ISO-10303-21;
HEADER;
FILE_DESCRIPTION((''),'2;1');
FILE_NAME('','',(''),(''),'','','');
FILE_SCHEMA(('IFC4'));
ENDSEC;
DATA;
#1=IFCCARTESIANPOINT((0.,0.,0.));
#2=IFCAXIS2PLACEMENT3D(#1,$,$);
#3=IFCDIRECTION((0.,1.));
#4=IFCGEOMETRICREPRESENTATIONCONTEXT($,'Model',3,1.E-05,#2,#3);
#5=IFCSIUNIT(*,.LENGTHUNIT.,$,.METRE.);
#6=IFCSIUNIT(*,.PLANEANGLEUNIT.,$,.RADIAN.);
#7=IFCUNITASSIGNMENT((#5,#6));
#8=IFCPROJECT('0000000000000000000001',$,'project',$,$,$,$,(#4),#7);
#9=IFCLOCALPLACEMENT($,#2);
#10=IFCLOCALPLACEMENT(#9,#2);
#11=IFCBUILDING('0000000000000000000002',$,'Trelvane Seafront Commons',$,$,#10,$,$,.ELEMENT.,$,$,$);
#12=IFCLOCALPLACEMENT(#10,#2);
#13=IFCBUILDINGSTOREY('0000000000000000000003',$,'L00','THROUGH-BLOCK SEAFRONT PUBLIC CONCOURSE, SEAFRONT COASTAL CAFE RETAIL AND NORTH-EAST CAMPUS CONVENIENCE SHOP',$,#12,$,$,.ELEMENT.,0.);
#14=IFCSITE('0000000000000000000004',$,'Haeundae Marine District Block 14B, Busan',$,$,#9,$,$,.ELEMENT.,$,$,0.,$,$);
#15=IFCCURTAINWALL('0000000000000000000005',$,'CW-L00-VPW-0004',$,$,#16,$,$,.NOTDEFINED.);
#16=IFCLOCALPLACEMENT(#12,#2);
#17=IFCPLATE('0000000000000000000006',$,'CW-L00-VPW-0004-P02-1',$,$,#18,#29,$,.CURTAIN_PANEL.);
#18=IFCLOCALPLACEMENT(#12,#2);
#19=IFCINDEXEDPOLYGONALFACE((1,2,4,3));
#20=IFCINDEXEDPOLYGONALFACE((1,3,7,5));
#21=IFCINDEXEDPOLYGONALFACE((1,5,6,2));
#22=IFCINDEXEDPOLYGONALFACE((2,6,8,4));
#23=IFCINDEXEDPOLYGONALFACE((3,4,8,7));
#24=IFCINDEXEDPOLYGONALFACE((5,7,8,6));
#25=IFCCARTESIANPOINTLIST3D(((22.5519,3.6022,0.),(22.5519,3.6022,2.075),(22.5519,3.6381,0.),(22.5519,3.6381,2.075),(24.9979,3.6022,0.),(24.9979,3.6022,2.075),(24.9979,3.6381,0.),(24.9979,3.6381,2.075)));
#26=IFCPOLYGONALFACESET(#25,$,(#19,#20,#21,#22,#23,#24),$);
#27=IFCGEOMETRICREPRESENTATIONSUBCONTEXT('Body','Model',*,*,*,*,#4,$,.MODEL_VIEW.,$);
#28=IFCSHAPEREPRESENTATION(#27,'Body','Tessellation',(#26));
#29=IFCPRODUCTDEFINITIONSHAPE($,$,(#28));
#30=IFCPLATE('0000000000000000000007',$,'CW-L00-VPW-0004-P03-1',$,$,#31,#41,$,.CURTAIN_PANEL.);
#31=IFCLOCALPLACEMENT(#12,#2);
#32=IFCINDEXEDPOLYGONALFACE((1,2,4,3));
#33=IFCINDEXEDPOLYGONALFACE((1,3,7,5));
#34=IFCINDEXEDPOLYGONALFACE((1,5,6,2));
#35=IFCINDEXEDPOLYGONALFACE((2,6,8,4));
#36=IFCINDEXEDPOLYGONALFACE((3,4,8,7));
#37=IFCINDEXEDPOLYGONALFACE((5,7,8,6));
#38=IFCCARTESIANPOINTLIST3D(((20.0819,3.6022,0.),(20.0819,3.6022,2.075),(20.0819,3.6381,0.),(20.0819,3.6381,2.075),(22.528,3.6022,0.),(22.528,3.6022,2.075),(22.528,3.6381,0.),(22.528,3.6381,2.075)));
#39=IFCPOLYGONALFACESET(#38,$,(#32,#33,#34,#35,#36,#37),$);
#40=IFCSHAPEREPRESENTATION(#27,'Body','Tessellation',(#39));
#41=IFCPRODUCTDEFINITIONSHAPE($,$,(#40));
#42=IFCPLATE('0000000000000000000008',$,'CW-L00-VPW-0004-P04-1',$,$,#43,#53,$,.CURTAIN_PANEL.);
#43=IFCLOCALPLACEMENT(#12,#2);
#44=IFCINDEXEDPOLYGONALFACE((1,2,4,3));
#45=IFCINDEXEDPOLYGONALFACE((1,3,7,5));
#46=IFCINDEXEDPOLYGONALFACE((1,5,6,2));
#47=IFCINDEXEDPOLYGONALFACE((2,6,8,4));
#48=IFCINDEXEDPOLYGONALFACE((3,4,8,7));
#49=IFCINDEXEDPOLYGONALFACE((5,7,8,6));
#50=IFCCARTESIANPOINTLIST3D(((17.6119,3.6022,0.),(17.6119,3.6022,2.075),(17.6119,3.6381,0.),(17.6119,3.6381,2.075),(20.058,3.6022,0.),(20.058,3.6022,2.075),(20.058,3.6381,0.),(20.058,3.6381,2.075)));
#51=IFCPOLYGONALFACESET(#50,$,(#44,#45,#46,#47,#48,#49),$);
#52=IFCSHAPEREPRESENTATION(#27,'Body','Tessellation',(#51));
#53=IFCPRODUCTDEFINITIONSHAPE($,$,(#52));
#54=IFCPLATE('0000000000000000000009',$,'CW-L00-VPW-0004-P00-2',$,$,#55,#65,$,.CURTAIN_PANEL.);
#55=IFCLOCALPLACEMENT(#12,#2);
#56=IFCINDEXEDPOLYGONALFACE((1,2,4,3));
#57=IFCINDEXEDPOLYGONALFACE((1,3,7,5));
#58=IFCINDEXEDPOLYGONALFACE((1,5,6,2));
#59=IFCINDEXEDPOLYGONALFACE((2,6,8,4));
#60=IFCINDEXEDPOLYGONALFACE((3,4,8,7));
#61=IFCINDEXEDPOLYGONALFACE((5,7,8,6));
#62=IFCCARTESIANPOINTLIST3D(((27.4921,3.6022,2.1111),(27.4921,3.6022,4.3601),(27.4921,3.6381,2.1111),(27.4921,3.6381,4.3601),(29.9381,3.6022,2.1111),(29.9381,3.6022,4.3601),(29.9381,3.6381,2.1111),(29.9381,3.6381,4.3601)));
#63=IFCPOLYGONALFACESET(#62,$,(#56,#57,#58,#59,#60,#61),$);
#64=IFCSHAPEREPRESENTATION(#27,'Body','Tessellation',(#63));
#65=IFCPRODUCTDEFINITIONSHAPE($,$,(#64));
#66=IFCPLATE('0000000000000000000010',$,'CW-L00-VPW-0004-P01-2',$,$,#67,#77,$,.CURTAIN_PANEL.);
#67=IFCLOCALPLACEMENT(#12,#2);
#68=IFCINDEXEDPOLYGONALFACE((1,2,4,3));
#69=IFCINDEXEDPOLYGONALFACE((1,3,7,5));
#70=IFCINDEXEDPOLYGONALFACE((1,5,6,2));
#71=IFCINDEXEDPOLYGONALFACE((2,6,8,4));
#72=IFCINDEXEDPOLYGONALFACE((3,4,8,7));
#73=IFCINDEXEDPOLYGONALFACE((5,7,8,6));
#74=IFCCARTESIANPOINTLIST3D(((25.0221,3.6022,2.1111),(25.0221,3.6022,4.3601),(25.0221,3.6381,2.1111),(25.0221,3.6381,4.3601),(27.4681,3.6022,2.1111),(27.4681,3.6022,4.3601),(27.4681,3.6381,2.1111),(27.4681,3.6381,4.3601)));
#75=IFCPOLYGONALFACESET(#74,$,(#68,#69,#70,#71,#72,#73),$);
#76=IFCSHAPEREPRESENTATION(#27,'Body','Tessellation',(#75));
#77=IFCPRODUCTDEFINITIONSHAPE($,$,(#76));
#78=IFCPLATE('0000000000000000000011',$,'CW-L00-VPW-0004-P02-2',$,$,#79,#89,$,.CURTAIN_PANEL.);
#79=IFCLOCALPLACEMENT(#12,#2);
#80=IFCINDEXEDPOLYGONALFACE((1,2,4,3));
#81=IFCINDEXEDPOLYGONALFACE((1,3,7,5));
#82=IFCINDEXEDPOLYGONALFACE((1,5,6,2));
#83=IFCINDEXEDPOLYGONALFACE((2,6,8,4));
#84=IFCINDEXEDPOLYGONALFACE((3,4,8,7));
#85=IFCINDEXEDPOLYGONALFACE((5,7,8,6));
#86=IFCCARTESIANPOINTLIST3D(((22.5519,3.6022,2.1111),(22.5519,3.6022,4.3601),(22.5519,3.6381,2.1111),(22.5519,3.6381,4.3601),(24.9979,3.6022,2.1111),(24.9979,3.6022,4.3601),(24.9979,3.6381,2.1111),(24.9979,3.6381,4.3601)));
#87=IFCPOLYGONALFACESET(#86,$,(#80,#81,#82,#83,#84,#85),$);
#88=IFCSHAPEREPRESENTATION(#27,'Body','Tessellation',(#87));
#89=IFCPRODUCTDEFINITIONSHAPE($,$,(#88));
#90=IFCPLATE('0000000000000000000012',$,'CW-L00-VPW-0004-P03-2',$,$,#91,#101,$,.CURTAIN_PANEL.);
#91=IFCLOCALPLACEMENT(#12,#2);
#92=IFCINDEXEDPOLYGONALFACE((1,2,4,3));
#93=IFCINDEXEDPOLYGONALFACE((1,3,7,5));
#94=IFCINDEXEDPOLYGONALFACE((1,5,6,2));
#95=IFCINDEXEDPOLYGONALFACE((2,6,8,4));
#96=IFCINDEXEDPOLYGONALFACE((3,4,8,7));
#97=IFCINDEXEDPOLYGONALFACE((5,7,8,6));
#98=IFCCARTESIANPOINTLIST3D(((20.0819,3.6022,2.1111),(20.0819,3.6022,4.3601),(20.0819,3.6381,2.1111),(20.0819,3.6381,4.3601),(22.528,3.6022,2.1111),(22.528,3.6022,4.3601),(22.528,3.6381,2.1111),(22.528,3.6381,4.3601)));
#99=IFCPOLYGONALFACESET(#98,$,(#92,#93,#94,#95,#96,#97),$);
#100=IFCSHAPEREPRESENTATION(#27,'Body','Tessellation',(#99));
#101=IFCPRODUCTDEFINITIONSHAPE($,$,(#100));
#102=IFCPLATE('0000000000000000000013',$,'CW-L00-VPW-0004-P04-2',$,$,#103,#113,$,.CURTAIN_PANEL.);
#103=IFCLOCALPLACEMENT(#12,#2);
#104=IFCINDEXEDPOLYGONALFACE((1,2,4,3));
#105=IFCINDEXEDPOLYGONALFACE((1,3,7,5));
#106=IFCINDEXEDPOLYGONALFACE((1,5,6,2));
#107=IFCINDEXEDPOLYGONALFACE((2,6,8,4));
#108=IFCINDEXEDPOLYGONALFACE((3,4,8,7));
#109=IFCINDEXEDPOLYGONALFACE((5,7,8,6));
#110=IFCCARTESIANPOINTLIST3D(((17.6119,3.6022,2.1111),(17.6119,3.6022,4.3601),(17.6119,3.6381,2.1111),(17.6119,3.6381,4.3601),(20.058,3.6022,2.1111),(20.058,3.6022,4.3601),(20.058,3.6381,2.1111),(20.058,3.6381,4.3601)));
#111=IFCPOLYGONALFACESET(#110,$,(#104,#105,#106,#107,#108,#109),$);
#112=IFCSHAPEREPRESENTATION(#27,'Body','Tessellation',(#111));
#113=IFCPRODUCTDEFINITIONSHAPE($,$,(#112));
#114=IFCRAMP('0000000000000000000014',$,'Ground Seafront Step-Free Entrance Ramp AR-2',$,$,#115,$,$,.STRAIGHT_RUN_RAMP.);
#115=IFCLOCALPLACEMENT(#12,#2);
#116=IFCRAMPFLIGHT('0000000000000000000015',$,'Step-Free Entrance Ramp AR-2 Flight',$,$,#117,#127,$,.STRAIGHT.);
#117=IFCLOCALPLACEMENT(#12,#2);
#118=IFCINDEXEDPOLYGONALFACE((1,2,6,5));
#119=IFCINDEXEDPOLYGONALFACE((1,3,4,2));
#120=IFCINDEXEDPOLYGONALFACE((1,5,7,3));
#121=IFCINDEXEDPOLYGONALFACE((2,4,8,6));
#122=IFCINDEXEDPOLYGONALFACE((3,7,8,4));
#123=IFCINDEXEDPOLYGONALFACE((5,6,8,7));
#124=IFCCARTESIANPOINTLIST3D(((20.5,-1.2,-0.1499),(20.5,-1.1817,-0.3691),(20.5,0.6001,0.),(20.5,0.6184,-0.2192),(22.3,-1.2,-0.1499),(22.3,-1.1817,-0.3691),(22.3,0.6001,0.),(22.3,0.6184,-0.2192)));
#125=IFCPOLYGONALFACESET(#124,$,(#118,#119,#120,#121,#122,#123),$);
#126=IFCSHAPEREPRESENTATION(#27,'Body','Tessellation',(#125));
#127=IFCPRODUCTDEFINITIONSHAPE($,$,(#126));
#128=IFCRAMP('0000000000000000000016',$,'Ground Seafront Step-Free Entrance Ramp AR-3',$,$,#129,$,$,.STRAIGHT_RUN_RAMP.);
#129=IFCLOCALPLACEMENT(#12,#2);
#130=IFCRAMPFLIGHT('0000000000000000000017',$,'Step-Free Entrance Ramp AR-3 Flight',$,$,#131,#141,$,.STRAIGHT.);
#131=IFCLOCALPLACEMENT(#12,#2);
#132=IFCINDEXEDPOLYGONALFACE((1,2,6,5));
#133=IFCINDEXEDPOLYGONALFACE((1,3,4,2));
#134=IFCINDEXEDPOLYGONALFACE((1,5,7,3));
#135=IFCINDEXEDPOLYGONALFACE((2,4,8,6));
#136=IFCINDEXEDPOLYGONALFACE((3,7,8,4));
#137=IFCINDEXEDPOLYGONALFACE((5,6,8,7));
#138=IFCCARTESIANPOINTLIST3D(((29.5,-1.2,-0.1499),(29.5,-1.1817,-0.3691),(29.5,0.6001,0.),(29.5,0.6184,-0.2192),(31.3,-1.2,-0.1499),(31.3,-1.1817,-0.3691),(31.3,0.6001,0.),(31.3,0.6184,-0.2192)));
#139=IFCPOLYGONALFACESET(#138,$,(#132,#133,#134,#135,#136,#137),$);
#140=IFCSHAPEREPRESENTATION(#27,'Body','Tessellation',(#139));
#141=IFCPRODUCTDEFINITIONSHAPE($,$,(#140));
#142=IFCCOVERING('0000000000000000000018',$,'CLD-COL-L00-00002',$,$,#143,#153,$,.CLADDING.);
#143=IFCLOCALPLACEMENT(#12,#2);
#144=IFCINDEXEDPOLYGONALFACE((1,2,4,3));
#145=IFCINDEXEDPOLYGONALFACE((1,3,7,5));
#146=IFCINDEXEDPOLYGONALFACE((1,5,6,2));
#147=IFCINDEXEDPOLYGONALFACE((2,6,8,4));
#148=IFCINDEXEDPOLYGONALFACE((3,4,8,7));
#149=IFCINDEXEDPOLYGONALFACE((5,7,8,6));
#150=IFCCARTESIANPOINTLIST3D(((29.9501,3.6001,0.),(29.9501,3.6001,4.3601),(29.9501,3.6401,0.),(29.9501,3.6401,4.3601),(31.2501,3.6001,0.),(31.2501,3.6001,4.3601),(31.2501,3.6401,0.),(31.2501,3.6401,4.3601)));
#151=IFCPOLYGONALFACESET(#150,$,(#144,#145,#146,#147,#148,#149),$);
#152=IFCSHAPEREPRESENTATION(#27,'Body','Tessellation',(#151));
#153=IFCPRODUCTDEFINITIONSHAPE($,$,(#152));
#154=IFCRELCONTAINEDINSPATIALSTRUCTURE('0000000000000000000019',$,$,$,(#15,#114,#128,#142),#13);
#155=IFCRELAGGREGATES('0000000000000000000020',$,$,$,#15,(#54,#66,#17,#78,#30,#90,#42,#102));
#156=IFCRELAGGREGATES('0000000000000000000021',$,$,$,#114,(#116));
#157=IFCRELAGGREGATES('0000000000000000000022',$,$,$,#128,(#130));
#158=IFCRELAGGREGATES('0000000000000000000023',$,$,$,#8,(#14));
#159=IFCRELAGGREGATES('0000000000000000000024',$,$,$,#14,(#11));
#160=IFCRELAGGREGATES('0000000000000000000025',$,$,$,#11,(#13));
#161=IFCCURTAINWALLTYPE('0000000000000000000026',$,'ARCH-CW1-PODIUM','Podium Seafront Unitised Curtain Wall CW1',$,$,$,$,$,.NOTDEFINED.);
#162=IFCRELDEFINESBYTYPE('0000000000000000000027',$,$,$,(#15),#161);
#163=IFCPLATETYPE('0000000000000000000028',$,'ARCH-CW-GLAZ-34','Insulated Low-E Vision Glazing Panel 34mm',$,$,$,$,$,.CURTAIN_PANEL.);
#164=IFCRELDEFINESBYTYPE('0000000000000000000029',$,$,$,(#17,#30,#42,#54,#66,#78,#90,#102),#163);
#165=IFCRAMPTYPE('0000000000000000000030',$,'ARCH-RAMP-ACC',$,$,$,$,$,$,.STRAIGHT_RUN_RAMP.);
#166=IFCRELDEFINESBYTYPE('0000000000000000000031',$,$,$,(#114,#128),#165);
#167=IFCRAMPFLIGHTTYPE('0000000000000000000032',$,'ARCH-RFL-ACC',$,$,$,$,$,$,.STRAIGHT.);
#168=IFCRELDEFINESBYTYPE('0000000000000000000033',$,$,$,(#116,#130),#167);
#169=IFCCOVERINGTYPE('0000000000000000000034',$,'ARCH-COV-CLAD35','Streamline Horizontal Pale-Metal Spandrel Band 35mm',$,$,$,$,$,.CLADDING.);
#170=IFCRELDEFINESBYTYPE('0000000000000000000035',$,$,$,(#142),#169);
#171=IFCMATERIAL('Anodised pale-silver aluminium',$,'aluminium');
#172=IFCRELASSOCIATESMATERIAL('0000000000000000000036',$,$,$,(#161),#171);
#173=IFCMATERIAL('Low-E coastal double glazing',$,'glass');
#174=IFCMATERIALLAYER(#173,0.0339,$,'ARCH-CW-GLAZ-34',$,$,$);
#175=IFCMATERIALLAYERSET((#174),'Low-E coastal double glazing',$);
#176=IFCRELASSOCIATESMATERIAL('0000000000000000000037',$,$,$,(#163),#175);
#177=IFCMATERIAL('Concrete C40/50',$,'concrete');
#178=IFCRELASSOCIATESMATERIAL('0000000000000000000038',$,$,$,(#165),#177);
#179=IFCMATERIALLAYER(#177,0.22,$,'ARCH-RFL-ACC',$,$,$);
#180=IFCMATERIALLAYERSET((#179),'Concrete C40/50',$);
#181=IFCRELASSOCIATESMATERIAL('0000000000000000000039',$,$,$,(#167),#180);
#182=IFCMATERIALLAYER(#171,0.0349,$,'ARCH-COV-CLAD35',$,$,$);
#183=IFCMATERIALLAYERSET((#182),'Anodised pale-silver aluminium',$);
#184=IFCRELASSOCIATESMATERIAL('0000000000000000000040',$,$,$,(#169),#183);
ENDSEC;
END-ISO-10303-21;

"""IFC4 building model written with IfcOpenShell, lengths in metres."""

from ifc_helpers import new_model, si_unit, direction, frame, origin, origin_2d, place, context, subcontext, project, spatial, polyline, rectangle, outline, extrude, source, transform, mapped, material, layer, layer_set, type_object, element, aggregate, save


model = new_model("IFC4")

# Units and contexts
model_context = context("Model", 3, precision=1e-05, world=origin(), true_north=direction((0.0, 1.0)))
body_context = subcontext(model_context, "Body", "Model", "MODEL_VIEW")
ifc_project = project(units=[si_unit("LENGTHUNIT", "METRE"), si_unit("PLANEANGLEUNIT", "RADIAN")], contexts=[model_context])

# Site, building, storey
site_placement = place(None, origin())
site = spatial("IfcSite", under=ifc_project, at=site_placement, Name="Haeundae Marine District Block 14B, Busan", CompositionType="ELEMENT", RefElevation=0.0)
building_placement = place(site_placement, origin())
building = spatial("IfcBuilding", under=site, at=building_placement, Name="Trelvane Seafront Commons", CompositionType="ELEMENT")
storey_placement = place(building_placement, origin())
storey = spatial("IfcBuildingStorey", under=building, at=storey_placement, Name="L00", Description="THROUGH-BLOCK SEAFRONT PUBLIC CONCOURSE, SEAFRONT COASTAL CAFE RETAIL AND NORTH-EAST CAMPUS CONVENIENCE SHOP", CompositionType="ELEMENT", Elevation=0.0)

# Curtain wall
ifc_material_1 = material(Name="Anodised pale-silver aluminium", Category="aluminium")
curtain_wall_type = type_object("IfcCurtainWallType", Name="ARCH-CW1-PODIUM", Description="Podium Seafront Unitised Curtain Wall CW1", PredefinedType="NOTDEFINED", material=ifc_material_1)
curtain_wall_placement = place(storey_placement, origin())
curtain_wall = element("IfcCurtainWall", 1, at=curtain_wall_placement, inside=storey, type_object=curtain_wall_type, Name="CW-L00-VPW-0004", PredefinedType="NOTDEFINED")

# Plates
ifc_material_2 = material(Name="Low-E coastal double glazing", Category="glass")
ifc_layer_1 = layer(ifc_material_2, 0.0339, Name="ARCH-CW-GLAZ-34")
ifc_layer_set_1 = layer_set([ifc_layer_1], Name="Low-E coastal double glazing")
plate_type_1 = type_object("IfcPlateType", Name="ARCH-CW-GLAZ-34", Description="Insulated Low-E Vision Glazing Panel 34mm", PredefinedType="CURTAIN_PANEL", material=ifc_layer_set_1)
shared_shape_1 = source(origin(), body_context, "Body", "SweptSolid", [
    extrude(rectangle(XDim=2.446, YDim=0.0359, at=origin_2d()), origin(), (0.0, 0.0, 1.0), 2.075),
])
plate_1_placement = place(storey_placement, frame((23.7749, 3.6201, 0.0), z_axis=(0.0, 0.0, 1.0), x_axis=(-1.0, 0.0, 0.0)))
plate_1 = element("IfcPlate", 2, at=plate_1_placement, type_object=plate_type_1, Name="CW-L00-VPW-0004-P02-1", PredefinedType="CURTAIN_PANEL", context=body_context, shape_type="MappedRepresentation", body=[
    mapped(shared_shape_1, transform((0.0, 0.0, 0.0), x_axis=(1.0, 0.0, 0.0), y_axis=(0.0, 1.0, 0.0), z_axis=(0.0, 0.0, 1.0), scale=1.0)),
])
plate_2_placement = place(storey_placement, frame((21.3049, 3.6201, 0.0), z_axis=(0.0, 0.0, 1.0), x_axis=(-1.0, 0.0, 0.0)))
plate_2 = element("IfcPlate", 3, at=plate_2_placement, type_object=plate_type_1, Name="CW-L00-VPW-0004-P03-1", PredefinedType="CURTAIN_PANEL", context=body_context, shape_type="MappedRepresentation", body=[
    mapped(shared_shape_1, transform((0.0, 0.0, 0.0), x_axis=(1.0, 0.0, 0.0), y_axis=(0.0, 1.0, 0.0), z_axis=(0.0, 0.0, 1.0), scale=1.0)),
])
plate_3_placement = place(storey_placement, frame((18.835, 3.6201, 0.0), z_axis=(0.0, 0.0, 1.0), x_axis=(-1.0, 0.0, 0.0)))
plate_3 = element("IfcPlate", 4, at=plate_3_placement, type_object=plate_type_1, Name="CW-L00-VPW-0004-P04-1", PredefinedType="CURTAIN_PANEL", context=body_context, shape_type="MappedRepresentation", body=[
    mapped(shared_shape_1, transform((0.0, 0.0, 0.0), x_axis=(1.0, 0.0, 0.0), y_axis=(0.0, 1.0, 0.0), z_axis=(0.0, 0.0, 1.0), scale=1.0)),
])
shared_shape_2 = source(origin(), body_context, "Body", "SweptSolid", [
    extrude(rectangle(XDim=2.446, YDim=0.0359, at=origin_2d()), origin(), (0.0, 0.0, 1.0), 2.249),
])
plate_4_placement = place(storey_placement, frame((28.7151, 3.6201, 2.1111), z_axis=(0.0, 0.0, 1.0), x_axis=(-1.0, 0.0, 0.0)))
plate_4 = element("IfcPlate", 5, at=plate_4_placement, type_object=plate_type_1, Name="CW-L00-VPW-0004-P00-2", PredefinedType="CURTAIN_PANEL", context=body_context, shape_type="MappedRepresentation", body=[
    mapped(shared_shape_2, transform((0.0, 0.0, 0.0), x_axis=(1.0, 0.0, 0.0), y_axis=(0.0, 1.0, 0.0), z_axis=(0.0, 0.0, 1.0), scale=1.0)),
])
plate_5_placement = place(storey_placement, frame((26.2451, 3.6201, 2.1111), z_axis=(0.0, 0.0, 1.0), x_axis=(-1.0, 0.0, 0.0)))
plate_5 = element("IfcPlate", 6, at=plate_5_placement, type_object=plate_type_1, Name="CW-L00-VPW-0004-P01-2", PredefinedType="CURTAIN_PANEL", context=body_context, shape_type="MappedRepresentation", body=[
    mapped(shared_shape_2, transform((0.0, 0.0, 0.0), x_axis=(1.0, 0.0, 0.0), y_axis=(0.0, 1.0, 0.0), z_axis=(0.0, 0.0, 1.0), scale=1.0)),
])
plate_6_placement = place(storey_placement, frame((23.7749, 3.6201, 2.1111), z_axis=(0.0, 0.0, 1.0), x_axis=(-1.0, 0.0, 0.0)))
plate_6 = element("IfcPlate", 7, at=plate_6_placement, type_object=plate_type_1, Name="CW-L00-VPW-0004-P02-2", PredefinedType="CURTAIN_PANEL", context=body_context, shape_type="MappedRepresentation", body=[
    mapped(shared_shape_2, transform((0.0, 0.0, 0.0), x_axis=(1.0, 0.0, 0.0), y_axis=(0.0, 1.0, 0.0), z_axis=(0.0, 0.0, 1.0), scale=1.0)),
])
plate_7_placement = place(storey_placement, frame((21.3049, 3.6201, 2.1111), z_axis=(0.0, 0.0, 1.0), x_axis=(-1.0, 0.0, 0.0)))
plate_7 = element("IfcPlate", 8, at=plate_7_placement, type_object=plate_type_1, Name="CW-L00-VPW-0004-P03-2", PredefinedType="CURTAIN_PANEL", context=body_context, shape_type="MappedRepresentation", body=[
    mapped(shared_shape_2, transform((0.0, 0.0, 0.0), x_axis=(1.0, 0.0, 0.0), y_axis=(0.0, 1.0, 0.0), z_axis=(0.0, 0.0, 1.0), scale=1.0)),
])
plate_8_placement = place(storey_placement, frame((18.835, 3.6201, 2.1111), z_axis=(0.0, 0.0, 1.0), x_axis=(-1.0, 0.0, 0.0)))
plate_8 = element("IfcPlate", 9, at=plate_8_placement, type_object=plate_type_1, Name="CW-L00-VPW-0004-P04-2", PredefinedType="CURTAIN_PANEL", context=body_context, shape_type="MappedRepresentation", body=[
    mapped(shared_shape_2, transform((0.0, 0.0, 0.0), x_axis=(1.0, 0.0, 0.0), y_axis=(0.0, 1.0, 0.0), z_axis=(0.0, 0.0, 1.0), scale=1.0)),
])
aggregate(curtain_wall, [plate_4, plate_5, plate_1, plate_6, plate_2, plate_7, plate_3, plate_8])

# Ramps, ramp flights
ifc_material_3 = material(Name="Concrete C40/50", Category="concrete")
ramp_type = type_object("IfcRampType", Name="ARCH-RAMP-ACC", PredefinedType="STRAIGHT_RUN_RAMP", material=ifc_material_3)
ramp_1_placement = place(storey_placement, origin())
ramp_1 = element("IfcRamp", 10, at=ramp_1_placement, inside=storey, type_object=ramp_type, Name="Ground Seafront Step-Free Entrance Ramp AR-2", PredefinedType="STRAIGHT_RUN_RAMP")
ifc_layer_2 = layer(ifc_material_3, 0.22, Name="ARCH-RFL-ACC")
ifc_layer_set_2 = layer_set([ifc_layer_2], Name="Concrete C40/50")
ramp_flight_type = type_object("IfcRampFlightType", Name="ARCH-RFL-ACC", PredefinedType="STRAIGHT", material=ifc_layer_set_2)
ramp_flight_1_placement = place(storey_placement, frame((20.5, -1.2, -0.1499), z_axis=(0.0, -0.08299, 0.99655), x_axis=(1.0, 0.0, 0.0)))
ramp_flight_1 = element("IfcRampFlight", 11, at=ramp_flight_1_placement, type_object=ramp_flight_type, Name="Step-Free Entrance Ramp AR-2 Flight", PredefinedType="STRAIGHT", context=body_context, shape_type="SweptSolid", body=[
    extrude(outline(polyline([(0.0, 0.0), (1.8, 0.0), (1.8, 1.8063), (0.0, 1.8063), (0.0, 0.0)])), origin(), (0.0, 0.0, -1.0), 0.22),
])
aggregate(ramp_1, [ramp_flight_1])
ramp_2_placement = place(storey_placement, origin())
ramp_2 = element("IfcRamp", 12, at=ramp_2_placement, inside=storey, type_object=ramp_type, Name="Ground Seafront Step-Free Entrance Ramp AR-3", PredefinedType="STRAIGHT_RUN_RAMP")
ramp_flight_2_placement = place(storey_placement, frame((29.5, -1.2, -0.1499), z_axis=(0.0, -0.08299, 0.99655), x_axis=(1.0, 0.0, 0.0)))
ramp_flight_2 = element("IfcRampFlight", 13, at=ramp_flight_2_placement, type_object=ramp_flight_type, Name="Step-Free Entrance Ramp AR-3 Flight", PredefinedType="STRAIGHT", context=body_context, shape_type="SweptSolid", body=[
    extrude(outline(polyline([(0.0, 0.0), (1.8, 0.0), (1.8, 1.8063), (0.0, 1.8063), (0.0, 0.0)])), origin(), (0.0, 0.0, -1.0), 0.22),
])
aggregate(ramp_2, [ramp_flight_2])

# Covering
ifc_layer_3 = layer(ifc_material_1, 0.0349, Name="ARCH-COV-CLAD35")
ifc_layer_set_3 = layer_set([ifc_layer_3], Name="Anodised pale-silver aluminium")
covering_type = type_object("IfcCoveringType", Name="ARCH-COV-CLAD35", Description="Streamline Horizontal Pale-Metal Spandrel Band 35mm", PredefinedType="CLADDING", material=ifc_layer_set_3)
shared_shape_3 = source(origin(), body_context, "Body", "SweptSolid", [
    extrude(rectangle(XDim=1.3, YDim=0.04, at=origin_2d()), origin(), (0.0, 0.0, 1.0), 4.3601),
])
covering_placement = place(storey_placement, frame((30.6001, 3.6201, 0.0), z_axis=(0.0, 0.0, 1.0), x_axis=(-1.0, 0.0, 0.0)))
element("IfcCovering", 14, at=covering_placement, inside=storey, type_object=covering_type, Name="CLD-COL-L00-00002", PredefinedType="CLADDING", context=body_context, shape_type="MappedRepresentation", body=[
    mapped(shared_shape_3, transform((0.0, 0.0, 0.0), x_axis=(1.0, 0.0, 0.0), y_axis=(0.0, 1.0, 0.0), z_axis=(0.0, 0.0, 1.0), scale=1.0)),
])

save(model, "model.ifc")
